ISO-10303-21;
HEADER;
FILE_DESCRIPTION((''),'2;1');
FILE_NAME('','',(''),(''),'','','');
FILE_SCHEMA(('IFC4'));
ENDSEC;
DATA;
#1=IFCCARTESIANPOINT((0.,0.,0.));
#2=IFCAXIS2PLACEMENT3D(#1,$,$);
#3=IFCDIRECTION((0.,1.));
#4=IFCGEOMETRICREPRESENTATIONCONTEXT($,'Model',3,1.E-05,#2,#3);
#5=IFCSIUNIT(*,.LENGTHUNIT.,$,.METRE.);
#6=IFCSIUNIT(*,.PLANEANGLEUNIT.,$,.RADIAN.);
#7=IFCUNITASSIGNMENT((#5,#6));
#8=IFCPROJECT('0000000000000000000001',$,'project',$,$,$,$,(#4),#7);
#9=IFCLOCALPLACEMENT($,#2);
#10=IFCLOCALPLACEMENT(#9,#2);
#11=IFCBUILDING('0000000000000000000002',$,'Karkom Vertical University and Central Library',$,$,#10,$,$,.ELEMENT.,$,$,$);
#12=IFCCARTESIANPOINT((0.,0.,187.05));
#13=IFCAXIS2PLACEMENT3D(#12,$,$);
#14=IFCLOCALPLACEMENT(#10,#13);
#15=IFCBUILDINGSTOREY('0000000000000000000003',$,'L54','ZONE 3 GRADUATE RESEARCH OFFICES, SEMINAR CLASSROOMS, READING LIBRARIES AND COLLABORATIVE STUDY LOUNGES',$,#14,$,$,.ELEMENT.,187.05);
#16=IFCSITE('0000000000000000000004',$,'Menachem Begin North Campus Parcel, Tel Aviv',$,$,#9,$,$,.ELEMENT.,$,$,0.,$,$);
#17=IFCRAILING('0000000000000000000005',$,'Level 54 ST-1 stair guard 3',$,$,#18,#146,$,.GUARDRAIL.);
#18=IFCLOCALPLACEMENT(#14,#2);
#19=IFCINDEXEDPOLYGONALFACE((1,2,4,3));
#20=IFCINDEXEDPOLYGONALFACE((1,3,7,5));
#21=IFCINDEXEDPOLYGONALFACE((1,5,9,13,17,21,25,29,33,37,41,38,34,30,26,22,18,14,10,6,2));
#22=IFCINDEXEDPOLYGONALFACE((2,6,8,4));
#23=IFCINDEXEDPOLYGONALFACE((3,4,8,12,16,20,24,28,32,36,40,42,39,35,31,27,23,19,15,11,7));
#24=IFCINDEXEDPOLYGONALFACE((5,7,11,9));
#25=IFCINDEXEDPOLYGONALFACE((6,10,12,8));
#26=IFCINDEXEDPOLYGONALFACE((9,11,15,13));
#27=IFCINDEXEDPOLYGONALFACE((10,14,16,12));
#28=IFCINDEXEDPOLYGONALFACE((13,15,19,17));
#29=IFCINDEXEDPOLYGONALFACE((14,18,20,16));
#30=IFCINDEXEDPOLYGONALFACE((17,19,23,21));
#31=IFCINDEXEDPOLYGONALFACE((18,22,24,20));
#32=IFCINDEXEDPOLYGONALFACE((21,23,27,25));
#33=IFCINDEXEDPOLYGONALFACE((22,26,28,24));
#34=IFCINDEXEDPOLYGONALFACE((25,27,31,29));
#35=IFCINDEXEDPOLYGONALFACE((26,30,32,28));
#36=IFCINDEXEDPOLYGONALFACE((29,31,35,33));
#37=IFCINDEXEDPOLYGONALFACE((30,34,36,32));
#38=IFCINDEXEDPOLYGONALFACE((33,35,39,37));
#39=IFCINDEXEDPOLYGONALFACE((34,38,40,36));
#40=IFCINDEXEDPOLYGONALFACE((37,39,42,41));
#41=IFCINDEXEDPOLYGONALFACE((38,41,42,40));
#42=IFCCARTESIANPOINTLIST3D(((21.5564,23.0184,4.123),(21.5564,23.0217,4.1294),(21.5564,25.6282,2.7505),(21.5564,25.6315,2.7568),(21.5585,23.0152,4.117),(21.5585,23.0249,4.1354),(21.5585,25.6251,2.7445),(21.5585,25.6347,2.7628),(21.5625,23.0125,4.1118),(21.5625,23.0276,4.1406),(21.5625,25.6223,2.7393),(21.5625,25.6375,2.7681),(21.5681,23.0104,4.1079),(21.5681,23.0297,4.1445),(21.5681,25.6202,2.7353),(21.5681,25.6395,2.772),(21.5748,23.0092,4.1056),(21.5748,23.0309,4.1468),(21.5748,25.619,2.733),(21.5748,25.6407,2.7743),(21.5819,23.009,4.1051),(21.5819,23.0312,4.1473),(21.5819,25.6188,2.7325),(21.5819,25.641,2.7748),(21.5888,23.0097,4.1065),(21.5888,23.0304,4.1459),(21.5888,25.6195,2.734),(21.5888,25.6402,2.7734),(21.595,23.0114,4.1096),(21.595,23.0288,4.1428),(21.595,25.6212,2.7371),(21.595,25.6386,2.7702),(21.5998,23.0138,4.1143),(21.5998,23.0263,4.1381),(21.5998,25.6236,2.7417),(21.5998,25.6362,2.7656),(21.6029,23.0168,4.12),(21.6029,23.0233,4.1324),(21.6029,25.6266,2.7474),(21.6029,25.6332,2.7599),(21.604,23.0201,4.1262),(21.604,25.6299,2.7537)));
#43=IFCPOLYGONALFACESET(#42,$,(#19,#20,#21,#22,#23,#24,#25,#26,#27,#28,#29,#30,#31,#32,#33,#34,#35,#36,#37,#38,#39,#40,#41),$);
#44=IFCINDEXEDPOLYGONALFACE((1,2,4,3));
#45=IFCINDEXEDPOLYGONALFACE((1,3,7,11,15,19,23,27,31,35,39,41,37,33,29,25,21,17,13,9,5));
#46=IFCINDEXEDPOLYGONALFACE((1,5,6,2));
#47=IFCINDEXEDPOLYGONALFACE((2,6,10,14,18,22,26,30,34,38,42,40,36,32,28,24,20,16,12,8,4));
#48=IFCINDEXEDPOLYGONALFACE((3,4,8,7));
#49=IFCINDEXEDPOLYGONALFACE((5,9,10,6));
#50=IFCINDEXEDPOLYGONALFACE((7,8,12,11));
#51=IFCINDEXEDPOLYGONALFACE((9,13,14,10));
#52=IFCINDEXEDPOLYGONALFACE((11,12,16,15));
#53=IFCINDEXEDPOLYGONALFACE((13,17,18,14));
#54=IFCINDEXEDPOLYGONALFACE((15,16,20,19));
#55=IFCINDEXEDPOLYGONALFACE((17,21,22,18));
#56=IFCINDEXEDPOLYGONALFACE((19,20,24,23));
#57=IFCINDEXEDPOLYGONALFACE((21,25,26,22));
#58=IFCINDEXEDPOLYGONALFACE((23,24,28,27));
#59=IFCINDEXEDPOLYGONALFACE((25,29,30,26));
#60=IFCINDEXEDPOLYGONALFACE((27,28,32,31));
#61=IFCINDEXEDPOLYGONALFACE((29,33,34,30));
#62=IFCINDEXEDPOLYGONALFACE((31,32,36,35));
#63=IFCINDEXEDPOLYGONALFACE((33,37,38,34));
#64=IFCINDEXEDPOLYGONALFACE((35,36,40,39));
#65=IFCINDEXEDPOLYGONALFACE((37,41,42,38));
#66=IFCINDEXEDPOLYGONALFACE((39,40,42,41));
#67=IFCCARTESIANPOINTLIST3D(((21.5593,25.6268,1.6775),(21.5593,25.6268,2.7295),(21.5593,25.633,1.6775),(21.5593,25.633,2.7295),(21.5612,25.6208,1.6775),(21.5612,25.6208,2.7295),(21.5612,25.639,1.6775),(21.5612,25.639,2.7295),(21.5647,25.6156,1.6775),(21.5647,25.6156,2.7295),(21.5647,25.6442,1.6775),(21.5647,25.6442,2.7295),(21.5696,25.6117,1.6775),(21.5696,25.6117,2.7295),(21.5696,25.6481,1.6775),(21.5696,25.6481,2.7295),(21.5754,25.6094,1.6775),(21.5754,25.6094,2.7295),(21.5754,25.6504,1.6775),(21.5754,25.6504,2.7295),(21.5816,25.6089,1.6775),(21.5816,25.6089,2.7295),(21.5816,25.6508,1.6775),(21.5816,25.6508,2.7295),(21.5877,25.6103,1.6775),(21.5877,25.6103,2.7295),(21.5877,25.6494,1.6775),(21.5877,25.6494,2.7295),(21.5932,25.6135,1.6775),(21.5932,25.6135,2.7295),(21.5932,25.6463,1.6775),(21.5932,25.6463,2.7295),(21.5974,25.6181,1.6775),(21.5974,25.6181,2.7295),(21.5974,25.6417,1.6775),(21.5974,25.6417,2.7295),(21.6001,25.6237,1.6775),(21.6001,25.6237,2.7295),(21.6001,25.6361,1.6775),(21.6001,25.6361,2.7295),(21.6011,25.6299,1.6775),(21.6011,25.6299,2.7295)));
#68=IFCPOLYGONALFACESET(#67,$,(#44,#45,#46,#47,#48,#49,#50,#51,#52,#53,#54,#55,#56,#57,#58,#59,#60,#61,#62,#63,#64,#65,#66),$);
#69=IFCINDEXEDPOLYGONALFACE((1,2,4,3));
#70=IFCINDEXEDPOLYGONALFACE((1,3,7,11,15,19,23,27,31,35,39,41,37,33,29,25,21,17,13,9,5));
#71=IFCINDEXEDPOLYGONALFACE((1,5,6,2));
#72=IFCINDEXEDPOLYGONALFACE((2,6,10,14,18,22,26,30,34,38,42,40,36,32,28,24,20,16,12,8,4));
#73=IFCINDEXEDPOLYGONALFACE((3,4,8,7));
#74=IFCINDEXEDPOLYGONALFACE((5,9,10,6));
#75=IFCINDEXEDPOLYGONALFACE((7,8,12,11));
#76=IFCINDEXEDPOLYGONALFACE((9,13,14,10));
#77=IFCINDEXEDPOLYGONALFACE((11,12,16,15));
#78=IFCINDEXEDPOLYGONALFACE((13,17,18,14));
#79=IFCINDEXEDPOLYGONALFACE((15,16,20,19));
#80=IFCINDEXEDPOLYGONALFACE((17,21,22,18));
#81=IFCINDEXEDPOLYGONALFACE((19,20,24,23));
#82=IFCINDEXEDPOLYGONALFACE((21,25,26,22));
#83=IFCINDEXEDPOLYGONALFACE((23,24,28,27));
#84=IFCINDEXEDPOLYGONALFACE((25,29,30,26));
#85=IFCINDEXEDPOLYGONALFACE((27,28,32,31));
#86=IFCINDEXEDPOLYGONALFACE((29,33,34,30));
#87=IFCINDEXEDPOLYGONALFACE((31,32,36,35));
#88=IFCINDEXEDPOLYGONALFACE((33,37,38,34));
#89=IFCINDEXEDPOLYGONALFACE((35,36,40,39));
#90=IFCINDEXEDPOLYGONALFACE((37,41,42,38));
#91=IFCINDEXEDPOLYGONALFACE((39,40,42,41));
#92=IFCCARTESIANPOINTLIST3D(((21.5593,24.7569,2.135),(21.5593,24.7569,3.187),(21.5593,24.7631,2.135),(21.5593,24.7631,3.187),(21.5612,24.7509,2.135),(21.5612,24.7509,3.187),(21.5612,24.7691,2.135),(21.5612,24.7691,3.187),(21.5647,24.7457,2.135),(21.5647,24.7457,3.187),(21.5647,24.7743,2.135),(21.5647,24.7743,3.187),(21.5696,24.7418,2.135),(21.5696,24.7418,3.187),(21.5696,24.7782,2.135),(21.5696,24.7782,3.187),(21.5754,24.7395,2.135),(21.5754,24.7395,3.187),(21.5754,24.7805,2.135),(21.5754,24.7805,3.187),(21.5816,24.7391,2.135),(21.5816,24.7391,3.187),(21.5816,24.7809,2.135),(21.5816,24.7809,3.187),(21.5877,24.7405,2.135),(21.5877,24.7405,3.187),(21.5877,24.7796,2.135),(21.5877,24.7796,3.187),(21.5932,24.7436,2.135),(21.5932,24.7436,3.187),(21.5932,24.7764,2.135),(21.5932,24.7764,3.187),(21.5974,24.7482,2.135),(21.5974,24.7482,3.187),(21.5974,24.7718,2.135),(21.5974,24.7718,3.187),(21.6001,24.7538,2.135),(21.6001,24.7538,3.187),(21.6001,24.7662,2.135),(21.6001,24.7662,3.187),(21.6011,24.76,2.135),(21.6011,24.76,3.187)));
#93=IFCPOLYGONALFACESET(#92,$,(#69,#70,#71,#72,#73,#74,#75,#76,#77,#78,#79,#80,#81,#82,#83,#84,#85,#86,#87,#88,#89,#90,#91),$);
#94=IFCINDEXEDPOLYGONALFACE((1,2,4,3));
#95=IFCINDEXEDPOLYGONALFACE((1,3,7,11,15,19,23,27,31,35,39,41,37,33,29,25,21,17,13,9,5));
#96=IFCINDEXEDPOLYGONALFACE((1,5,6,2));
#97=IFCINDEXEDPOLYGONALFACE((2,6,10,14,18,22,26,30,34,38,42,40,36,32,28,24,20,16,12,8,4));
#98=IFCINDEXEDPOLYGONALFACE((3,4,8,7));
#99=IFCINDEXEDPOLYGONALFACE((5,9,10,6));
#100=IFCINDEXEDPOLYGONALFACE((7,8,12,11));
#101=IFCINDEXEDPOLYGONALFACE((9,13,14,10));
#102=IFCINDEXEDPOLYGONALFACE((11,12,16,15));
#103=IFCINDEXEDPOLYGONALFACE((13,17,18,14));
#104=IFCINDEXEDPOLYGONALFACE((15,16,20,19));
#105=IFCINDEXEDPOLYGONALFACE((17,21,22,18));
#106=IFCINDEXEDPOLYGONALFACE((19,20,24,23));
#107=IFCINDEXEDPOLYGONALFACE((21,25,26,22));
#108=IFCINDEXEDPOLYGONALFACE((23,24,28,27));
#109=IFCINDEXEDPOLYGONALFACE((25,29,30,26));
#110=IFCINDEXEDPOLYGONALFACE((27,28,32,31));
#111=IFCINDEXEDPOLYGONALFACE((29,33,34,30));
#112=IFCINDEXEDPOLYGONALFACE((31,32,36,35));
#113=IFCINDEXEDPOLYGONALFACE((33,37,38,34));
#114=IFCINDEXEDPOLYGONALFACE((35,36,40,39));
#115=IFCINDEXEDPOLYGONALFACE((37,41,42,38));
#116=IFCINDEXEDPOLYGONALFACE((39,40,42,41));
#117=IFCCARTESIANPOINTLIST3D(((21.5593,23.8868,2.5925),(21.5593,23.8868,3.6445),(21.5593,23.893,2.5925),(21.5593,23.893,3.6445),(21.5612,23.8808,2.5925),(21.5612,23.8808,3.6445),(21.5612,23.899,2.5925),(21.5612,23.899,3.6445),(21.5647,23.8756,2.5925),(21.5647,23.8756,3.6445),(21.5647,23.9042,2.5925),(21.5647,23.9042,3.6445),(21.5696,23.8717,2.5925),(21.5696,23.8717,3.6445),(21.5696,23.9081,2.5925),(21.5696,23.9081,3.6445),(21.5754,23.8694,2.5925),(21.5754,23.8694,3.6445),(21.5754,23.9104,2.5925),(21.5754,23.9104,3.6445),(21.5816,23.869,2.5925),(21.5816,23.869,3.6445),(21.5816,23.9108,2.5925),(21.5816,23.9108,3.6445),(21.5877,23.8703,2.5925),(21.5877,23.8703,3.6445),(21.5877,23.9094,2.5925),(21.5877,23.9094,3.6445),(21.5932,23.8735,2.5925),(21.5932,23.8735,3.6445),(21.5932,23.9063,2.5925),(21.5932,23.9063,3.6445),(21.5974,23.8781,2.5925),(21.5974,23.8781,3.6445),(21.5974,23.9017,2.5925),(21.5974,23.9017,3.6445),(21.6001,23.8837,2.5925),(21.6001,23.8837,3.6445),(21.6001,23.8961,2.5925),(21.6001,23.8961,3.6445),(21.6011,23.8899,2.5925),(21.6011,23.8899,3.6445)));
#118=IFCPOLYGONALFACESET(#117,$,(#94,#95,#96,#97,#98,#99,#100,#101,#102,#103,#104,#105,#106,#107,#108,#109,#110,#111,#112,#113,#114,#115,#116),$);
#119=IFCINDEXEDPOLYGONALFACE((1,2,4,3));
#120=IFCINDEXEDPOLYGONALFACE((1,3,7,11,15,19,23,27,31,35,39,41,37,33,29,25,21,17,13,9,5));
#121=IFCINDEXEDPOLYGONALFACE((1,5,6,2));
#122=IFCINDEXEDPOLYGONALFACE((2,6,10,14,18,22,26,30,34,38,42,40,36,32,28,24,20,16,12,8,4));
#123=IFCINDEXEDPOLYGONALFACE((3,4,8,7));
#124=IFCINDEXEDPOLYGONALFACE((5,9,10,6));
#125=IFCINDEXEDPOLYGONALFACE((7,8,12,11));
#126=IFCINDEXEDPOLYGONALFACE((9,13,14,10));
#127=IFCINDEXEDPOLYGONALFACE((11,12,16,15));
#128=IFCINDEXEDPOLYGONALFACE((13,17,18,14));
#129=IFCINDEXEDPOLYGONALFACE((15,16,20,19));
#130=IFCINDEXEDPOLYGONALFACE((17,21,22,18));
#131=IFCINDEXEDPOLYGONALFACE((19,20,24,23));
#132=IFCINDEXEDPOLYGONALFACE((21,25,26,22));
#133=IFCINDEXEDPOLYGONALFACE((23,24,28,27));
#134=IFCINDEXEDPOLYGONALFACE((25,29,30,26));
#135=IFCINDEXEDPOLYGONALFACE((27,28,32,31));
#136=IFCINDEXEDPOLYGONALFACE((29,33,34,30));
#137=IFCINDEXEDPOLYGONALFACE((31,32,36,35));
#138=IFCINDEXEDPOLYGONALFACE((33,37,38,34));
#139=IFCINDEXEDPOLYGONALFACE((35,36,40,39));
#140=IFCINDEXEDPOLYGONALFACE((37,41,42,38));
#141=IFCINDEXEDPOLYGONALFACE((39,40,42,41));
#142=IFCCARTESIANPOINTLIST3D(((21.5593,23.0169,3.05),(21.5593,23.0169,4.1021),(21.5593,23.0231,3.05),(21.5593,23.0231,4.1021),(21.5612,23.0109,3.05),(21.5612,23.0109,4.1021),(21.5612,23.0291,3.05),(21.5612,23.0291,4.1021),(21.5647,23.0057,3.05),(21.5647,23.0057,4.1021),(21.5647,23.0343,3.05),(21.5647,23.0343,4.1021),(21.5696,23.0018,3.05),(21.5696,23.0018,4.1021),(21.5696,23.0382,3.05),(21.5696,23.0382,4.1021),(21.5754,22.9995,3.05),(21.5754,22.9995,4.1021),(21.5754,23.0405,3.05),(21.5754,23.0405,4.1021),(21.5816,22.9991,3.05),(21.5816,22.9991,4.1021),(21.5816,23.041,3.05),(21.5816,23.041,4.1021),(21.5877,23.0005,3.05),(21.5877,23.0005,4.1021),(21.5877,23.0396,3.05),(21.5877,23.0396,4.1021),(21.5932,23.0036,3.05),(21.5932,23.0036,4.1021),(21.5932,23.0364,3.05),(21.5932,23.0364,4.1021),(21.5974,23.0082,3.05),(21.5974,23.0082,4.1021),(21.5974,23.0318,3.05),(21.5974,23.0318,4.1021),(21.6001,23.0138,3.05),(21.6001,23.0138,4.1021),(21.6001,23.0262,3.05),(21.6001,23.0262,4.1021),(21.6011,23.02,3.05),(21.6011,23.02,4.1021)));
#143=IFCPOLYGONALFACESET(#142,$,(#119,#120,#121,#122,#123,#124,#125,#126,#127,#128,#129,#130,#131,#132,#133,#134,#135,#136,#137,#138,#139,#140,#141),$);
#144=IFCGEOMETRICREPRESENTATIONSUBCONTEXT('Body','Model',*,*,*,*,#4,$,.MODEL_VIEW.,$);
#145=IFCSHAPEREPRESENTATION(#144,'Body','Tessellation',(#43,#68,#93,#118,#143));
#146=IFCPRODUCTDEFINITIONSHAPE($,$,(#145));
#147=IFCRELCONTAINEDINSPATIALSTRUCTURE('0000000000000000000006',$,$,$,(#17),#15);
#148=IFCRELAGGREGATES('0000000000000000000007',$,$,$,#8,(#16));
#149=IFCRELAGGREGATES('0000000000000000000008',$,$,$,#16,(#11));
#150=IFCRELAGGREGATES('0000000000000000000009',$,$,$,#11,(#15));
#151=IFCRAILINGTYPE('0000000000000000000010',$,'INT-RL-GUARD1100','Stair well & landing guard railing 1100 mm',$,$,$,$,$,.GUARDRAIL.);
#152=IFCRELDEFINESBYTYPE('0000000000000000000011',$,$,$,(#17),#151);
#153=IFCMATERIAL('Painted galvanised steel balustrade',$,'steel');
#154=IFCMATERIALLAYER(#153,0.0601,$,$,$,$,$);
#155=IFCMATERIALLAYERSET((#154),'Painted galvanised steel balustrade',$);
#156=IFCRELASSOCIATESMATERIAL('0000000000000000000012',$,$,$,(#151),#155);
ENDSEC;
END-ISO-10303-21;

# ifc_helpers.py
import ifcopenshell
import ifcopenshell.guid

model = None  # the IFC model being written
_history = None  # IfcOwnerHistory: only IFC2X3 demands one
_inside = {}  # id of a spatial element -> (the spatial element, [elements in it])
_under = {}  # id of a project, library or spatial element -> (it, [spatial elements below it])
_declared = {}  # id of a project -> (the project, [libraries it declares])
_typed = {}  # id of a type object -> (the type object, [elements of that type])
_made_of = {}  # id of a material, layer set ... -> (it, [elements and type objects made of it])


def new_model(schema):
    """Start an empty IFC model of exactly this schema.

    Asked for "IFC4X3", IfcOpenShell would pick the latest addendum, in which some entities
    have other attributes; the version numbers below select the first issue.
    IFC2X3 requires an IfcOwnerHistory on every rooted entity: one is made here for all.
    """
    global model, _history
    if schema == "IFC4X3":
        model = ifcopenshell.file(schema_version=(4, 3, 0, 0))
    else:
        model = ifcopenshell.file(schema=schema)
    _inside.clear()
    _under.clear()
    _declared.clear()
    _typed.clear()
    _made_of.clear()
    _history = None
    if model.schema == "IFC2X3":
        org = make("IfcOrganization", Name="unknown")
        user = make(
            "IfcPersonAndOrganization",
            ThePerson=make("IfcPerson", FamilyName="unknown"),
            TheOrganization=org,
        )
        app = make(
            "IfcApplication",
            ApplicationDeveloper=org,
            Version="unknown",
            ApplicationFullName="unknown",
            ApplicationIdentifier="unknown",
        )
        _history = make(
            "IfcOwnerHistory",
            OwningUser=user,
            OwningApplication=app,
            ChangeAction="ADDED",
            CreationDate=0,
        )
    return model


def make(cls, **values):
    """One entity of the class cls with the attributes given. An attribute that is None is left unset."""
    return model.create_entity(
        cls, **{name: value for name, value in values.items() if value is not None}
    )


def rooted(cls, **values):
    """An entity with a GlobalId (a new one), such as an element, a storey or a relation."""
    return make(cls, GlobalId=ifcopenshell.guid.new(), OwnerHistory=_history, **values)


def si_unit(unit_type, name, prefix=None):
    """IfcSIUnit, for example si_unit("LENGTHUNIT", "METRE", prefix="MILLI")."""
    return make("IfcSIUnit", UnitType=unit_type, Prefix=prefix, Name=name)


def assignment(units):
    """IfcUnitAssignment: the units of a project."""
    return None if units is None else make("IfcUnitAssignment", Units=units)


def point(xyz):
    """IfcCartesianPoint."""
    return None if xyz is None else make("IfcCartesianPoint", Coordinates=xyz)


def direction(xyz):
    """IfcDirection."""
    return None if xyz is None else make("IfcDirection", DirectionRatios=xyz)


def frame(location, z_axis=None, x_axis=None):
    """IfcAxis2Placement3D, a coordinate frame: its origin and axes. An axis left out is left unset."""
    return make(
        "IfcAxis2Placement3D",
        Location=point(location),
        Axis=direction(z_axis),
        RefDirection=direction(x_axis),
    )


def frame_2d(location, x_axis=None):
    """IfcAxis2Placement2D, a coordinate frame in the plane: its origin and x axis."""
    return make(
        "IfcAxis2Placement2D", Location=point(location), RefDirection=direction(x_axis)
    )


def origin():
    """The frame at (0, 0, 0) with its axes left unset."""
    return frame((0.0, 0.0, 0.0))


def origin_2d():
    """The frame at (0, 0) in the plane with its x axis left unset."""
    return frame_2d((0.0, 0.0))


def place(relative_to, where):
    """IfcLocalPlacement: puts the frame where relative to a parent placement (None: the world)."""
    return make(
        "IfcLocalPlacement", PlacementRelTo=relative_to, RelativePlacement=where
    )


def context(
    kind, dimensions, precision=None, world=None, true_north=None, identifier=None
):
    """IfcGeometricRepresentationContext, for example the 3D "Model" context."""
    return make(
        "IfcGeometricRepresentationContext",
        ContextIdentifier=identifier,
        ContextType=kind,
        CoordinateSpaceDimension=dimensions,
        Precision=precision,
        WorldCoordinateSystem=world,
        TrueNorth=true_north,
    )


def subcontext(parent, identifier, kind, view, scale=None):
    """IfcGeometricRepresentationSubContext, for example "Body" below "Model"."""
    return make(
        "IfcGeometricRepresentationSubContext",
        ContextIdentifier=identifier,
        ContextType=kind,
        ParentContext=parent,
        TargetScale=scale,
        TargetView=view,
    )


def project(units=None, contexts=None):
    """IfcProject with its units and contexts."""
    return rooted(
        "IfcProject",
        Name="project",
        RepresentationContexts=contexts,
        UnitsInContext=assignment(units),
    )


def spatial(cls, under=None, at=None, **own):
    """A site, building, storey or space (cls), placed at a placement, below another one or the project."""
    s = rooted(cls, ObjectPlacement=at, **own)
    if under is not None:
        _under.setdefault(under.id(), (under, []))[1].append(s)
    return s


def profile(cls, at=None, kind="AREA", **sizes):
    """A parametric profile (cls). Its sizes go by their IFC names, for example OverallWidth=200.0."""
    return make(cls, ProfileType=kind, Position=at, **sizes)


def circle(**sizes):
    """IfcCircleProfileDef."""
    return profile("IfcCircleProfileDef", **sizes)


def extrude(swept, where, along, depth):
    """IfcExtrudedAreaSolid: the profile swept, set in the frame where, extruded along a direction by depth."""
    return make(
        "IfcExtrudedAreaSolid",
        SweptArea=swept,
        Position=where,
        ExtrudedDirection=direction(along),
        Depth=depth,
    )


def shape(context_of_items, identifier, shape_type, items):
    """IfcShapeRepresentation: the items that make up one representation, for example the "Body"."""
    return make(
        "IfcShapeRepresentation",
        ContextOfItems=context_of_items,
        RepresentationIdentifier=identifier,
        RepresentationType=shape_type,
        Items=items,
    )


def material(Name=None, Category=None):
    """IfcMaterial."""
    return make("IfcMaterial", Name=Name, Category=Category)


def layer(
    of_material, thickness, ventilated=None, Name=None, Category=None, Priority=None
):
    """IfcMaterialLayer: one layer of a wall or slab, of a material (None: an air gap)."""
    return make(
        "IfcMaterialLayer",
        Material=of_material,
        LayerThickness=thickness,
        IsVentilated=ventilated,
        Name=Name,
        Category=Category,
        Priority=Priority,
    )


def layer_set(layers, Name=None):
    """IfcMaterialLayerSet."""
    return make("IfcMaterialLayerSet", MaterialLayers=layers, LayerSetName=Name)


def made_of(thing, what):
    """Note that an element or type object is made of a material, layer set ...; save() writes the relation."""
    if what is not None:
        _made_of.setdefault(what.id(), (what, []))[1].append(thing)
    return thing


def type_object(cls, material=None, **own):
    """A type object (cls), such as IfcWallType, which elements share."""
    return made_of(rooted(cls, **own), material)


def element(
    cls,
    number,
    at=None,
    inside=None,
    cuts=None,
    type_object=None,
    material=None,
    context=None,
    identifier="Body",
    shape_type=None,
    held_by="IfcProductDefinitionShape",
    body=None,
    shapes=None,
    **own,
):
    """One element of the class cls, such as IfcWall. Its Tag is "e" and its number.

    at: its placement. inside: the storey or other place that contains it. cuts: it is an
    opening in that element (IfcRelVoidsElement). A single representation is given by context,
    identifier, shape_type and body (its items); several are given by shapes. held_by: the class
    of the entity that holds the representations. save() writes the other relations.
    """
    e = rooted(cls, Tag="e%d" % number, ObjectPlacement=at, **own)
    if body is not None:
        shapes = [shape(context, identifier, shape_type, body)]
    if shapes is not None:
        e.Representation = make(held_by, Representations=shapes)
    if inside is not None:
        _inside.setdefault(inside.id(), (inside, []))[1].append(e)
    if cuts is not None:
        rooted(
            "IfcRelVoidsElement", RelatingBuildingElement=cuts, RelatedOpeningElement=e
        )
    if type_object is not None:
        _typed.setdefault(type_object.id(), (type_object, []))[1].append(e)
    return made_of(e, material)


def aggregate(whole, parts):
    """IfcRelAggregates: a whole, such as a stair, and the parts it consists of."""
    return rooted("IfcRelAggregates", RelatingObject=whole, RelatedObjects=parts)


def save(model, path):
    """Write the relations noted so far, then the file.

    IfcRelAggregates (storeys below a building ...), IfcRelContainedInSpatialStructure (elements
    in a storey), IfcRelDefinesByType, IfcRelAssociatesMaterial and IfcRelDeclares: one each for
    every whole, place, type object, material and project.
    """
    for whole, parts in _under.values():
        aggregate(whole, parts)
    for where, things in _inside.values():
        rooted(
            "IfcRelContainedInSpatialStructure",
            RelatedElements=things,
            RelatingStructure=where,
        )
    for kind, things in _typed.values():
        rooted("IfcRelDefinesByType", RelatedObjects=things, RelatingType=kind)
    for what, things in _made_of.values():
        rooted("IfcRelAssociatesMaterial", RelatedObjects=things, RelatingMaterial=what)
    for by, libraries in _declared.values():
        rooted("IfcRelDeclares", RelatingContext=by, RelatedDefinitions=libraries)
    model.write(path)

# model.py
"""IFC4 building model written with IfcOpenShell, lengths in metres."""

from ifc_helpers import new_model, si_unit, direction, frame, origin, origin_2d, place, context, subcontext, project, spatial, circle, extrude, material, layer, layer_set, type_object, element, save


model = new_model("IFC4")

# Units and contexts
model_context = context("Model", 3, precision=1e-05, world=origin(), true_north=direction((0.0, 1.0)))
body_context = subcontext(model_context, "Body", "Model", "MODEL_VIEW")
ifc_project = project(units=[si_unit("LENGTHUNIT", "METRE"), si_unit("PLANEANGLEUNIT", "RADIAN")], contexts=[model_context])

# Site, building, storey
site_placement = place(None, origin())
site = spatial("IfcSite", under=ifc_project, at=site_placement, Name="Menachem Begin North Campus Parcel, Tel Aviv", CompositionType="ELEMENT", RefElevation=0.0)
building_placement = place(site_placement, origin())
building = spatial("IfcBuilding", under=site, at=building_placement, Name="Karkom Vertical University and Central Library", CompositionType="ELEMENT")
storey_placement = place(building_placement, frame((0.0, 0.0, 187.05)))
storey = spatial("IfcBuildingStorey", under=building, at=storey_placement, Name="L54", Description="ZONE 3 GRADUATE RESEARCH OFFICES, SEMINAR CLASSROOMS, READING LIBRARIES AND COLLABORATIVE STUDY LOUNGES", CompositionType="ELEMENT", Elevation=187.05)

# Railing
ifc_material_1 = material(Name="Painted galvanised steel balustrade", Category="steel")
ifc_layer_1 = layer(ifc_material_1, 0.0601)
ifc_layer_set_1 = layer_set([ifc_layer_1], Name="Painted galvanised steel balustrade")
railing_type_1 = type_object("IfcRailingType", Name="INT-RL-GUARD1100", Description="Stair well & landing guard railing 1100 mm", PredefinedType="GUARDRAIL", material=ifc_layer_set_1)
railing_1_placement = place(storey_placement, frame((21.5801, 25.6299, 1.6775)))
element("IfcRailing", 1, at=railing_1_placement, inside=storey, type_object=railing_type_1, Name="Level 54 ST-1 stair guard 3", PredefinedType="GUARDRAIL", context=body_context, shape_type="SweptSolid", body=[
    extrude(circle(Radius=0.0239, at=origin_2d()), frame((0.0, 0.0, 1.0762), z_axis=(0.0, -0.885065, 0.465467), x_axis=(1.0, 0.0, 0.0)), (0.0, 0.0, 1.0), 2.9487),
    extrude(circle(Radius=0.021, at=origin_2d()), origin(), (0.0, 0.0, 1.0), 1.052),
    extrude(circle(Radius=0.021, at=origin_2d()), frame((0.0, -0.8699, 0.4575)), (0.0, 0.0, 1.0), 1.052),
    extrude(circle(Radius=0.021, at=origin_2d()), frame((0.0, -1.74, 0.915)), (0.0, 0.0, 1.0), 1.052),
    extrude(circle(Radius=0.021, at=origin_2d()), frame((0.0, -2.6099, 1.3726)), (0.0, 0.0, 1.0), 1.052),
])

save(model, "model.ifc")
